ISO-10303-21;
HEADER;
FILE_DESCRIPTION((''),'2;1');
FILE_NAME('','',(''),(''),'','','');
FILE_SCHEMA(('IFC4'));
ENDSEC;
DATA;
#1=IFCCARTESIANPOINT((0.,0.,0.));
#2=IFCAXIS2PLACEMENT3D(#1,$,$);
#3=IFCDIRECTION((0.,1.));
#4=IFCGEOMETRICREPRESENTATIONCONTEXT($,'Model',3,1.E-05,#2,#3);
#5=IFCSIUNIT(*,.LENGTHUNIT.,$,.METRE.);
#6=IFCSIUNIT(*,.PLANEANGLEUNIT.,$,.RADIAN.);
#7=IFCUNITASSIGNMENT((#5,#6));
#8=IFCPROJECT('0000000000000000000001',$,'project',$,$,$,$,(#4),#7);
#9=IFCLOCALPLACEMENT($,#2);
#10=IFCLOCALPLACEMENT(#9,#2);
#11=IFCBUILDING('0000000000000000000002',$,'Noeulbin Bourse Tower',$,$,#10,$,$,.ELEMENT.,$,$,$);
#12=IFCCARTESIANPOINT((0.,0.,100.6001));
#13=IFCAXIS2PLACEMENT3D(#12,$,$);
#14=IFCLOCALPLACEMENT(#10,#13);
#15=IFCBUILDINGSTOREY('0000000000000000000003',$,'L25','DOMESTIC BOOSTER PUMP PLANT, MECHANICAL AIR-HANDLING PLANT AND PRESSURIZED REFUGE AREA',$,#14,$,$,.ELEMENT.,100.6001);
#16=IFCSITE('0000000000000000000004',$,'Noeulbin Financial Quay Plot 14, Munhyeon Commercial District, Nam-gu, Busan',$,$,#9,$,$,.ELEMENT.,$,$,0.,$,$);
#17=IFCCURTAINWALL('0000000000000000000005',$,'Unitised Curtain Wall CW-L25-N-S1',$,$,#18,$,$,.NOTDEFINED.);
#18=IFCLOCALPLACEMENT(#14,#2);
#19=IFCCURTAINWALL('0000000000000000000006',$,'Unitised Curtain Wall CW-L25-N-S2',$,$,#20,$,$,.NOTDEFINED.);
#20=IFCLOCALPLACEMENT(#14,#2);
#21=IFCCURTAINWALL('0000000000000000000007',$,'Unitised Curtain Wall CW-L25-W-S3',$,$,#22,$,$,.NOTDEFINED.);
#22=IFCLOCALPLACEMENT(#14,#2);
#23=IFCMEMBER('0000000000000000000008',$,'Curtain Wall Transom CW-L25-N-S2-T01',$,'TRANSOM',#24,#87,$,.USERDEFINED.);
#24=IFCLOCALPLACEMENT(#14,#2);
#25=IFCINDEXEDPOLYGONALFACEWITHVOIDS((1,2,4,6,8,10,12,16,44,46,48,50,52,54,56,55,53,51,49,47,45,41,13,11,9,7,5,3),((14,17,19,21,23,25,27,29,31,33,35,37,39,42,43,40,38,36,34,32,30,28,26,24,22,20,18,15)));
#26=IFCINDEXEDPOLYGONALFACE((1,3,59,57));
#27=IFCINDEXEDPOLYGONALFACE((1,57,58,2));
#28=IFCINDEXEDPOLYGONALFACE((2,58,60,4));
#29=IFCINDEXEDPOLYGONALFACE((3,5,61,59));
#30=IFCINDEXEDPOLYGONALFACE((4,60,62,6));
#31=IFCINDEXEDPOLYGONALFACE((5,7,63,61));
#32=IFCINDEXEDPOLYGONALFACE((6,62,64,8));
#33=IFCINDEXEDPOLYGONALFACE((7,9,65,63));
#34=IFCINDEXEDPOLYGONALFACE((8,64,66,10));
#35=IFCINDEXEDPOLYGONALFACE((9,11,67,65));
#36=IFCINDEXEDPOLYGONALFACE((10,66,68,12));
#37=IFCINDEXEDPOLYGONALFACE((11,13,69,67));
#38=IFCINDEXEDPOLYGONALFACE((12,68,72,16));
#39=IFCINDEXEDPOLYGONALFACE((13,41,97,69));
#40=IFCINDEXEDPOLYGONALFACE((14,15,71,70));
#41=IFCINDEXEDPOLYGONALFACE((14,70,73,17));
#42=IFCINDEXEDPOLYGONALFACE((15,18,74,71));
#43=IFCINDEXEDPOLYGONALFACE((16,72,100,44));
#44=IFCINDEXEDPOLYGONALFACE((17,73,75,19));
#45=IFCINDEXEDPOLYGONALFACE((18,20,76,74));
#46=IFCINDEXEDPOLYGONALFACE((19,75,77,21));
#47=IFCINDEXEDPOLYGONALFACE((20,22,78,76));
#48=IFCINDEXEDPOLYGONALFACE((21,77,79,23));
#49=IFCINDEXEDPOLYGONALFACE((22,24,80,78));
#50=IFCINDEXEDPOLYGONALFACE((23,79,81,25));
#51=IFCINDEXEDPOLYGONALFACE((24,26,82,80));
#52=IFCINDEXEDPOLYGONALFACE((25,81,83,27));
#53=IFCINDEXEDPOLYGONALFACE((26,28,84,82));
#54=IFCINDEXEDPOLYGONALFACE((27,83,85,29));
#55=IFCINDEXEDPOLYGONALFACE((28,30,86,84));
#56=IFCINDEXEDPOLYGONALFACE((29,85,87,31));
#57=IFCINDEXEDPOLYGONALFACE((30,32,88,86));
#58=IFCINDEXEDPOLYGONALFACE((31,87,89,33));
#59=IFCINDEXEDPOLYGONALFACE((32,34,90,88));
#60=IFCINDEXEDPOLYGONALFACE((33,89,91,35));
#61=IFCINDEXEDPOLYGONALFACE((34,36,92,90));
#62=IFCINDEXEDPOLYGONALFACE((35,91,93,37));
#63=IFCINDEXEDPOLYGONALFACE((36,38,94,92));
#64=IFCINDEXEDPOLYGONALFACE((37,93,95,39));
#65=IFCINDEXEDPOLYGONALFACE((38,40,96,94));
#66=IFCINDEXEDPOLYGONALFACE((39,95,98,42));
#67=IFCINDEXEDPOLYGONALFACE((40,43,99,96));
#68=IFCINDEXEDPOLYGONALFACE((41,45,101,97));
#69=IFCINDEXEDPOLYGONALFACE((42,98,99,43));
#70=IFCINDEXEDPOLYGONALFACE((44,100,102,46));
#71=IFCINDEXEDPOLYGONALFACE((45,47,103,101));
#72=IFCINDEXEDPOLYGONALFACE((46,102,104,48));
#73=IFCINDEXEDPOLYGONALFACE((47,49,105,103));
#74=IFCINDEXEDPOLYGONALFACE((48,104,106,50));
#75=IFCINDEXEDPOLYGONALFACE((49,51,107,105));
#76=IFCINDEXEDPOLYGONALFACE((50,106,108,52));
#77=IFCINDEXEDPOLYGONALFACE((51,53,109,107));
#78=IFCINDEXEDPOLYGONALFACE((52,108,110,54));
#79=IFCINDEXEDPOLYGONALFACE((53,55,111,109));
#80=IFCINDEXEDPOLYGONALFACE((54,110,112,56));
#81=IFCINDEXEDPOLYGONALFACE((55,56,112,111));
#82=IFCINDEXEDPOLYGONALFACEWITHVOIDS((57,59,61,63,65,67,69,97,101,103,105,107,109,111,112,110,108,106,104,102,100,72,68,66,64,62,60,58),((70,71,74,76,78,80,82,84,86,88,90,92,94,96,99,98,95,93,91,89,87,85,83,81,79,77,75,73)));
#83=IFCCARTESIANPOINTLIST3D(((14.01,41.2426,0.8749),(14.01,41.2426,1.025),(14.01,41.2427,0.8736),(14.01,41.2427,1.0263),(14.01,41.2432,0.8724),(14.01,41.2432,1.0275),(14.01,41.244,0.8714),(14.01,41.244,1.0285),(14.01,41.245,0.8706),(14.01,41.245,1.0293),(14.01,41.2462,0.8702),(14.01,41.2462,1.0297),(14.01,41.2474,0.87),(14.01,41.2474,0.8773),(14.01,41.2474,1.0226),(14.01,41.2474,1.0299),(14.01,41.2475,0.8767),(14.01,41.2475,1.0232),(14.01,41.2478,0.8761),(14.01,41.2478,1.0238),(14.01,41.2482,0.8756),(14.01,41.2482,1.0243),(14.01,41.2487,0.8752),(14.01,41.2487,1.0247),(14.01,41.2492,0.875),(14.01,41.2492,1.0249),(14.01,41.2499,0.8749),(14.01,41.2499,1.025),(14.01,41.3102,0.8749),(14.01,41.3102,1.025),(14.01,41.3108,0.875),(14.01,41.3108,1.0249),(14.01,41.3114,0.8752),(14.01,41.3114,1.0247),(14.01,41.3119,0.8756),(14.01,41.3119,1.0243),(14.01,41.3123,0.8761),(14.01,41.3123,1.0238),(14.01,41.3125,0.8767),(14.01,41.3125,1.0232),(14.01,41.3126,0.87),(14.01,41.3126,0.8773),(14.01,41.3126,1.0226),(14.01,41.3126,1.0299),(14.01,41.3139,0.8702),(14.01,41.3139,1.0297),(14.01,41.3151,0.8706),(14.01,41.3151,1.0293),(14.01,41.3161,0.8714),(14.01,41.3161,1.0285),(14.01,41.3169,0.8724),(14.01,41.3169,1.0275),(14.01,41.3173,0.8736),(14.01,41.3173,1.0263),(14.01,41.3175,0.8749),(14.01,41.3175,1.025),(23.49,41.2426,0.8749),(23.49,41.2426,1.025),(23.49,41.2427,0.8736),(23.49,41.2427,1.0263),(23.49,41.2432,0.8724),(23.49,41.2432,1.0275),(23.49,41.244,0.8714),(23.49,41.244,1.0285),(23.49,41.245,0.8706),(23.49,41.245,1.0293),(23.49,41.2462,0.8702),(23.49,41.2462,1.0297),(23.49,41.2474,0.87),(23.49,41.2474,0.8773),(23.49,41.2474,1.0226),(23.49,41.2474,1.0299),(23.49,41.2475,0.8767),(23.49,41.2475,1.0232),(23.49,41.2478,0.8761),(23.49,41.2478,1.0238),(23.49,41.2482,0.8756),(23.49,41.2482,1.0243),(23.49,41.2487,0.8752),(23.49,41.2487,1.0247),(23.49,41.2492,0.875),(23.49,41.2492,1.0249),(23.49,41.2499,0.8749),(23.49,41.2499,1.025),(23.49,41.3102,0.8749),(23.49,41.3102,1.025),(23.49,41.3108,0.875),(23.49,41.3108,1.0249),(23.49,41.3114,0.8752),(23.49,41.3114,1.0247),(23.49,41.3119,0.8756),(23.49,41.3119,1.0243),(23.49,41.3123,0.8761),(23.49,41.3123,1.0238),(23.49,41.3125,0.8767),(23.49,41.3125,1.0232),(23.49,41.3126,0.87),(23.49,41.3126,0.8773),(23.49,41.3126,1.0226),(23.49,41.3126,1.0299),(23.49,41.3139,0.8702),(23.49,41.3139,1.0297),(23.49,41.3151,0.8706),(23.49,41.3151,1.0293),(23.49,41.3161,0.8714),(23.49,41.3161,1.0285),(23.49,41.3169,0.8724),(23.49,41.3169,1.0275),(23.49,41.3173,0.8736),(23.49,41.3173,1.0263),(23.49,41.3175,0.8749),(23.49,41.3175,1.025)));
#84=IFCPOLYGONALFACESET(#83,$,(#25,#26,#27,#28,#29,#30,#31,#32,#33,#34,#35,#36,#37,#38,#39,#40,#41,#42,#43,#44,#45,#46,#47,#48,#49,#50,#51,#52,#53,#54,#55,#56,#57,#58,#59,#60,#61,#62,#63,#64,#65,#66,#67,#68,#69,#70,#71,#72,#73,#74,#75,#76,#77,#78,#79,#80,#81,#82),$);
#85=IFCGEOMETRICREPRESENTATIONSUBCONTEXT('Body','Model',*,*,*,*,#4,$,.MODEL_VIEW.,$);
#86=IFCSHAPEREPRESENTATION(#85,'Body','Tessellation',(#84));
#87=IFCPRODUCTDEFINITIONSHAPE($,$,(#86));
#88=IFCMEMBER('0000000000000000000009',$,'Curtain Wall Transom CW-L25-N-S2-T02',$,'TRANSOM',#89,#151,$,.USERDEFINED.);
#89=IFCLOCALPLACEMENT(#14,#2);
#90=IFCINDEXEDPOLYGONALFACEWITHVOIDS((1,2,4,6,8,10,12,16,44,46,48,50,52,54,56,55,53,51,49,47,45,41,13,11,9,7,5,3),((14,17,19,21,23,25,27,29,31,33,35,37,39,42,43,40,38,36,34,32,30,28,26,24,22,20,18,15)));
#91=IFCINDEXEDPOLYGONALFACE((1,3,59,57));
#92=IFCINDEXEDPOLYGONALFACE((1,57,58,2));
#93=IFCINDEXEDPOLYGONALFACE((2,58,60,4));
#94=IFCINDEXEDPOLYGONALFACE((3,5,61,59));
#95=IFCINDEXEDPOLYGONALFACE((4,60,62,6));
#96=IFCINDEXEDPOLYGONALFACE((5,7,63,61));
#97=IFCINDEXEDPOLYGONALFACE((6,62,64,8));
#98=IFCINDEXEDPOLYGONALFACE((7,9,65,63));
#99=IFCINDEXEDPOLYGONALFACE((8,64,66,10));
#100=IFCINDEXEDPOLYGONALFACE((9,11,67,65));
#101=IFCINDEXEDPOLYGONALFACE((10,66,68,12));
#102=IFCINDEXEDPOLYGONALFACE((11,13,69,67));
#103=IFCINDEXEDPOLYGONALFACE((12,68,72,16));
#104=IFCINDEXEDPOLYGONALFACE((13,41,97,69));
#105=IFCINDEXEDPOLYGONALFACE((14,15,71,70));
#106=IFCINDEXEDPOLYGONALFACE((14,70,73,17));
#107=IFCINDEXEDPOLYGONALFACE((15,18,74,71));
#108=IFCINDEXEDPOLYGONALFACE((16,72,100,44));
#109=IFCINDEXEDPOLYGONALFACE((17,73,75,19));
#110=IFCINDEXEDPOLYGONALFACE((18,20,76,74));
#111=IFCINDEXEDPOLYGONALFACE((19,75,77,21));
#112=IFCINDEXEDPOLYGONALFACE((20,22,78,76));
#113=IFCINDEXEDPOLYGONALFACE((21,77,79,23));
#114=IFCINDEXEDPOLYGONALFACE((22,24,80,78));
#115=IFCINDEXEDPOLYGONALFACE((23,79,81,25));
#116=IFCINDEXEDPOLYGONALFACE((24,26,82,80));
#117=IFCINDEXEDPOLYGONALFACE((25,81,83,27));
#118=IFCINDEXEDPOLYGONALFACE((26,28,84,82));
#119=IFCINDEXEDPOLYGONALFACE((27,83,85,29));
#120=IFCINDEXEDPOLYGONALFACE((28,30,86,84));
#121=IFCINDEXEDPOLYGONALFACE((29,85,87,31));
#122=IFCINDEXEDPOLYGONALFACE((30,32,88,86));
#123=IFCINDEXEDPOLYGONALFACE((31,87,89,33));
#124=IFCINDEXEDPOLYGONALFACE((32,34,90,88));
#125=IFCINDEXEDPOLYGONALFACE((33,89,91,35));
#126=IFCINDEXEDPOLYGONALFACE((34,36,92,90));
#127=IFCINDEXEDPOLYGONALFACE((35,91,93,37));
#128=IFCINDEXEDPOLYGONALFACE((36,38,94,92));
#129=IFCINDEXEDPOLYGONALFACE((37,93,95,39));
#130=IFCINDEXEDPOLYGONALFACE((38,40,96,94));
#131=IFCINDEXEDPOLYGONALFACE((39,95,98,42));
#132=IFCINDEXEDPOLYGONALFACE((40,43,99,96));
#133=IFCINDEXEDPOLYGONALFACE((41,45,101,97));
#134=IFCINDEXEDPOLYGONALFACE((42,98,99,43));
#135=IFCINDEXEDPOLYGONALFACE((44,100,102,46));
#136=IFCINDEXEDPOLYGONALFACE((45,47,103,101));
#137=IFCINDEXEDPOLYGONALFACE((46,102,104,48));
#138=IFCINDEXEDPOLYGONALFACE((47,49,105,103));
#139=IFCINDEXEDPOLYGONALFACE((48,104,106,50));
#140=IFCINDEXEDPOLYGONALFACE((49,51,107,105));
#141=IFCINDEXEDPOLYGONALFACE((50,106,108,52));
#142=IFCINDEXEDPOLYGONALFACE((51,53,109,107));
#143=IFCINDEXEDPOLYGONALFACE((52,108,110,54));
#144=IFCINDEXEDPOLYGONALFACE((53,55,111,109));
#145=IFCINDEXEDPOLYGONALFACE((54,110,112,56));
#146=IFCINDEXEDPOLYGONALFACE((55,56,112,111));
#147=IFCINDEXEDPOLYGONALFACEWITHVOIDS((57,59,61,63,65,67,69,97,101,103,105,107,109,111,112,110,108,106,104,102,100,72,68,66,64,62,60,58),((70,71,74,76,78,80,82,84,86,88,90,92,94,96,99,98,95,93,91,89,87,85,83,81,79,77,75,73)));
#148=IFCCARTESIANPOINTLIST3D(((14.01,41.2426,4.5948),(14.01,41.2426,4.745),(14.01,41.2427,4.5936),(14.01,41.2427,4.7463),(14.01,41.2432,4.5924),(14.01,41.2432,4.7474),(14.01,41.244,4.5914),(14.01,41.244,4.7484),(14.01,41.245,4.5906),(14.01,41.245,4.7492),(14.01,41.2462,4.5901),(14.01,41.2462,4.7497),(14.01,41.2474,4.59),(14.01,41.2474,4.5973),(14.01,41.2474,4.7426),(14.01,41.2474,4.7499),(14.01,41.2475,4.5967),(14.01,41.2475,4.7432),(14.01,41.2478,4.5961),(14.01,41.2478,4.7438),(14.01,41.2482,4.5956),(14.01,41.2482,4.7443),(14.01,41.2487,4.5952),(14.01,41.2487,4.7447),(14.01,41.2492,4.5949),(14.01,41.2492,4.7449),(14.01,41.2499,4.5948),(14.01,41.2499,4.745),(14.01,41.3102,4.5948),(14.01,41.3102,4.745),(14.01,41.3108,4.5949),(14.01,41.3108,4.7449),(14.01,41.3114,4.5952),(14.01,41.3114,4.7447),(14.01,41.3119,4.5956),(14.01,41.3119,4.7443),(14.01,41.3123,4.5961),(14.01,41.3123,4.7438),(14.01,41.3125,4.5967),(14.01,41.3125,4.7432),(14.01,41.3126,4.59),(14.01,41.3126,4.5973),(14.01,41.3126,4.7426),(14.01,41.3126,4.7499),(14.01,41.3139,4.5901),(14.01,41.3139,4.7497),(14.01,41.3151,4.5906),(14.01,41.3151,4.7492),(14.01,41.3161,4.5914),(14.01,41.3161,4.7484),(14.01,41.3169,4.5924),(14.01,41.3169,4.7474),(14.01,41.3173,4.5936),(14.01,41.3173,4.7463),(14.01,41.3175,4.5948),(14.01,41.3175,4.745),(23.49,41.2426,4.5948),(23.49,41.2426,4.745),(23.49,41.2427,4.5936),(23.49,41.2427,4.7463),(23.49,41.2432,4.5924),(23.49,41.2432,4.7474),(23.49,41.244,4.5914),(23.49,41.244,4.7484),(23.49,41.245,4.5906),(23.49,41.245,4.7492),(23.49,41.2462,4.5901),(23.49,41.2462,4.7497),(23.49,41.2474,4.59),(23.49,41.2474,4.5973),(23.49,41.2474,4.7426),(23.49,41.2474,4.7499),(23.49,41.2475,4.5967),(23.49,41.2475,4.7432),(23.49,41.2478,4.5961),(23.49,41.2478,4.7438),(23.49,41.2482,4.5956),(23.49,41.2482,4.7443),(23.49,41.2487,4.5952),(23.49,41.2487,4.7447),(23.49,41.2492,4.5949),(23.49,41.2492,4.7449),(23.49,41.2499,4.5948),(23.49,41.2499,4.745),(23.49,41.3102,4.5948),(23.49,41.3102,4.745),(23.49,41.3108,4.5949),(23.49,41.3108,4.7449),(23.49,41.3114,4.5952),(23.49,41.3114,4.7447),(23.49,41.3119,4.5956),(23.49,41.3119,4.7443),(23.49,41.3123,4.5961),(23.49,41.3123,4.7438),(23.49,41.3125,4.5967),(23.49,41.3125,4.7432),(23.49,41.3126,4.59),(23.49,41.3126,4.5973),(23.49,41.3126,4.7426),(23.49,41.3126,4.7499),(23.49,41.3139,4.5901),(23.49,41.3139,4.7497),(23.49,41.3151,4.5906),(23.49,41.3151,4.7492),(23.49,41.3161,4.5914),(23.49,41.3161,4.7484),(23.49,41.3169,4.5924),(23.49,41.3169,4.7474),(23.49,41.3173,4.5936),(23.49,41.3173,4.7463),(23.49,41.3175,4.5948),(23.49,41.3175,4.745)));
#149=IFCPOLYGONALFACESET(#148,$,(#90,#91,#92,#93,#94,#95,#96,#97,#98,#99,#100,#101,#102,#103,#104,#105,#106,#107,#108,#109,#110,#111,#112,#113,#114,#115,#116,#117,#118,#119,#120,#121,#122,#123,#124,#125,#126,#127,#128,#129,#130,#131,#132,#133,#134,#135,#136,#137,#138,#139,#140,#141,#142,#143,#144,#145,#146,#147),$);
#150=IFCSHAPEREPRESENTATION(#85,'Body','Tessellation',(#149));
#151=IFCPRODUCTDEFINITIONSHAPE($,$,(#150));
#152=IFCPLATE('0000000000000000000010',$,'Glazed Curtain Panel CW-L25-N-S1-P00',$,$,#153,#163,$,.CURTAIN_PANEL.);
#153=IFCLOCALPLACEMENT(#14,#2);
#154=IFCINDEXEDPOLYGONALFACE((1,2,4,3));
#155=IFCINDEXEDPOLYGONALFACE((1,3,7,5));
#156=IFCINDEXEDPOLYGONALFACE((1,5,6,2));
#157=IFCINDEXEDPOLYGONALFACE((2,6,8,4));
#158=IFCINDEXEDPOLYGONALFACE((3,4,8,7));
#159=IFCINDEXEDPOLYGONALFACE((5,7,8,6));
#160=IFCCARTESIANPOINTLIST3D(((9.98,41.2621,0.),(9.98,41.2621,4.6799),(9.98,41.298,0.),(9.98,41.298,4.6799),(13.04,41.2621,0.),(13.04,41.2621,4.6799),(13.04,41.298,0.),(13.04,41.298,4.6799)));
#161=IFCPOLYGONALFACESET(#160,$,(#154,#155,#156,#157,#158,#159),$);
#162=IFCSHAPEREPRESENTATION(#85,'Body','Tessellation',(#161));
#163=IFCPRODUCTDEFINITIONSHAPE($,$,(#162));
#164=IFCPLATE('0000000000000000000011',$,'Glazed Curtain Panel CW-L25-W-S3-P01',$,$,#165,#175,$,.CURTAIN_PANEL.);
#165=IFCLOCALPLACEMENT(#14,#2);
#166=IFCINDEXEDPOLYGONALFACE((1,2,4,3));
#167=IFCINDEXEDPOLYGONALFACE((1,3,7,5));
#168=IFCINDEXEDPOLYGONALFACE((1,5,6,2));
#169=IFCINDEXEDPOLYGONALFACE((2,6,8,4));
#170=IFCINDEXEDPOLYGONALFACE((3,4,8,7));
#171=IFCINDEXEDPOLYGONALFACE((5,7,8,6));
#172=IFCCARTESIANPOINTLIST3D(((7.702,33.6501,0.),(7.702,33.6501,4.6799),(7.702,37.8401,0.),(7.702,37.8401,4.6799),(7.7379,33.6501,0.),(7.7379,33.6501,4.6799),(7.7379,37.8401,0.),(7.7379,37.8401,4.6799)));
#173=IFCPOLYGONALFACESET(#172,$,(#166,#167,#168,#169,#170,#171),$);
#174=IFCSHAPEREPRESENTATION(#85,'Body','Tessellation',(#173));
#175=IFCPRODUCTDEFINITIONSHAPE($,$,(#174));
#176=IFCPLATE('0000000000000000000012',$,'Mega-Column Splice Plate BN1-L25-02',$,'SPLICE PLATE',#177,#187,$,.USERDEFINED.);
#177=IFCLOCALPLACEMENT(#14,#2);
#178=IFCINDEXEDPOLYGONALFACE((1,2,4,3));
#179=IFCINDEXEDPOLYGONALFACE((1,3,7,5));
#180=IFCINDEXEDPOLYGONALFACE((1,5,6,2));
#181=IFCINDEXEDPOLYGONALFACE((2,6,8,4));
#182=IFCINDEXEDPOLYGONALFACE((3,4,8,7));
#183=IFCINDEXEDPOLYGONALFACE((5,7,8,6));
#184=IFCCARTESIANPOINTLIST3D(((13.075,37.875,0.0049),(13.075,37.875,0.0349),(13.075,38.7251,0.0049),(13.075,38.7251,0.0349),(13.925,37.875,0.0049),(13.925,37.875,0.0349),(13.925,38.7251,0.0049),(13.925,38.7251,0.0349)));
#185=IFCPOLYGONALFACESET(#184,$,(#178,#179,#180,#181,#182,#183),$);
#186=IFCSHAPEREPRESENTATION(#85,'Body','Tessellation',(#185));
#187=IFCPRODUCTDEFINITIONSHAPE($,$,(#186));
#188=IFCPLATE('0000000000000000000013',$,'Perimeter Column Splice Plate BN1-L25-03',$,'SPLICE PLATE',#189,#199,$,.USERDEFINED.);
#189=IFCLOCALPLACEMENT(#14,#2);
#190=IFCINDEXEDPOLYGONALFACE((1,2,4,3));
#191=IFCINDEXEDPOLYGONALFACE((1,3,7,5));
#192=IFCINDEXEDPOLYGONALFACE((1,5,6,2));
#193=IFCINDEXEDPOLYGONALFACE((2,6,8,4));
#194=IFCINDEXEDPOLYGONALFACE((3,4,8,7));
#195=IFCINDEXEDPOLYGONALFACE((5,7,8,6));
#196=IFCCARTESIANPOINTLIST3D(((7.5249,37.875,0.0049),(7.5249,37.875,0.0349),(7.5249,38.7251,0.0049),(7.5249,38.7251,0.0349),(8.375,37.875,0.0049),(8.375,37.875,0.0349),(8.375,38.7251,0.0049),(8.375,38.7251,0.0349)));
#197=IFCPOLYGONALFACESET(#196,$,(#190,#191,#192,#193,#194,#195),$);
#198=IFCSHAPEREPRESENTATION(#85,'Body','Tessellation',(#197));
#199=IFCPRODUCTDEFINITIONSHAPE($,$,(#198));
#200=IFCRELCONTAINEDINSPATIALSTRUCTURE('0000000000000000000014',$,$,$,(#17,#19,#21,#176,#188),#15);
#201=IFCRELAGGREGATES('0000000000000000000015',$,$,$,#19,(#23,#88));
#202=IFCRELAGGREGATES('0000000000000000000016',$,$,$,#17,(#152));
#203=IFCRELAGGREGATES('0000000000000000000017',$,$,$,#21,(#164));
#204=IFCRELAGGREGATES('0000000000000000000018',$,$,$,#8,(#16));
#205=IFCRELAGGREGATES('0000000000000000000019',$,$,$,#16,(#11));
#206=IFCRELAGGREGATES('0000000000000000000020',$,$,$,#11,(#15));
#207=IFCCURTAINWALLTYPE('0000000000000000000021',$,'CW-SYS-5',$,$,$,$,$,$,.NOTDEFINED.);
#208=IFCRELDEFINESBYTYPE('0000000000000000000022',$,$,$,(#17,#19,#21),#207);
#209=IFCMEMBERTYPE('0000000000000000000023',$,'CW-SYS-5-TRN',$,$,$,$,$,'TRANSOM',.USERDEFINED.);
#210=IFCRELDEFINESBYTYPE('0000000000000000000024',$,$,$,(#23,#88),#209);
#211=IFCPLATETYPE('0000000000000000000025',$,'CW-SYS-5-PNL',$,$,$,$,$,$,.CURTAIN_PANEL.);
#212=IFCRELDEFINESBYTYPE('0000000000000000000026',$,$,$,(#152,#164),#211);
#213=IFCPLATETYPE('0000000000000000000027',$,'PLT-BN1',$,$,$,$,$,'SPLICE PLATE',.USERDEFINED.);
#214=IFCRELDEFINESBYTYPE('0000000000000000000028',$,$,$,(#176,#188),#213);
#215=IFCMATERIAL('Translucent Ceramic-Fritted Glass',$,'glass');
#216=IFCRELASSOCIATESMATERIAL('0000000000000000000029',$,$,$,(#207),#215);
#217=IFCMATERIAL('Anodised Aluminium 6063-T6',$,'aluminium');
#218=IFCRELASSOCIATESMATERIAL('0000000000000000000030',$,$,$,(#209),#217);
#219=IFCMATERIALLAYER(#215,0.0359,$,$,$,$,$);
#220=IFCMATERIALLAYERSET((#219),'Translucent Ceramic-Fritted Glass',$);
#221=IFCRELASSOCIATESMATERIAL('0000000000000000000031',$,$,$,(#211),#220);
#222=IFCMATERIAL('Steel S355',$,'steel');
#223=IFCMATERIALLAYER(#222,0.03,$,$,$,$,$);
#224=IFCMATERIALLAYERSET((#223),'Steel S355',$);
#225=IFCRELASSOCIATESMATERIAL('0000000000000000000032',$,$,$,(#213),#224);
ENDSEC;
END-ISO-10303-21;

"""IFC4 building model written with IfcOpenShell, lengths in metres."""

from ifc_helpers import new_model, si_unit, direction, frame, origin, origin_2d, place, context, subcontext, project, spatial, rectangle, hollow_rectangle, extrude, material, layer, layer_set, material_profile, profile_set, type_object, element, aggregate, save


model = new_model("IFC4")

# Units and contexts
model_context = context("Model", 3, precision=1e-05, world=origin(), true_north=direction((0.0, 1.0)))
body_context = subcontext(model_context, "Body", "Model", "MODEL_VIEW")
ifc_project = project(units=[si_unit("LENGTHUNIT", "METRE"), si_unit("PLANEANGLEUNIT", "RADIAN")], contexts=[model_context])

# Site, building, storey
site_placement = place(None, origin())
site = spatial("IfcSite", under=ifc_project, at=site_placement, Name="Noeulbin Financial Quay Plot 14, Munhyeon Commercial District, Nam-gu, Busan", CompositionType="ELEMENT", RefElevation=0.0)
building_placement = place(site_placement, origin())
building = spatial("IfcBuilding", under=site, at=building_placement, Name="Noeulbin Bourse Tower", CompositionType="ELEMENT")
storey_placement = place(building_placement, frame((0.0, 0.0, 100.6001)))
storey = spatial("IfcBuildingStorey", under=building, at=storey_placement, Name="L25", Description="DOMESTIC BOOSTER PUMP PLANT, MECHANICAL AIR-HANDLING PLANT AND PRESSURIZED REFUGE AREA", CompositionType="ELEMENT", Elevation=100.6001)

# Shared definitions
ifc_material_1 = material(Name="Steel S355", Category="steel")

# Curtain wall
ifc_material_2 = material(Name="Translucent Ceramic-Fritted Glass", Category="glass")
curtain_wall_type = type_object("IfcCurtainWallType", Name="CW-SYS-5", PredefinedType="NOTDEFINED", material=ifc_material_2)
curtain_wall_1_placement = place(storey_placement, origin())
curtain_wall_1 = element("IfcCurtainWall", 1, at=curtain_wall_1_placement, inside=storey, type_object=curtain_wall_type, Name="Unitised Curtain Wall CW-L25-N-S1", PredefinedType="NOTDEFINED")
ifc_material_3 = material(Name="Anodised Aluminium 6063-T6", Category="aluminium")

# Curtain walls
curtain_wall_2_placement = place(storey_placement, origin())
curtain_wall_2 = element("IfcCurtainWall", 2, at=curtain_wall_2_placement, inside=storey, type_object=curtain_wall_type, Name="Unitised Curtain Wall CW-L25-N-S2", PredefinedType="NOTDEFINED")
curtain_wall_3_placement = place(storey_placement, origin())
curtain_wall_3 = element("IfcCurtainWall", 3, at=curtain_wall_3_placement, inside=storey, type_object=curtain_wall_type, Name="Unitised Curtain Wall CW-L25-W-S3", PredefinedType="NOTDEFINED")

# Members
ifc_material_profile_1 = material_profile(ifc_material_3, hollow_rectangle(XDim=0.075, YDim=0.1599, WallThickness=0.0049, InnerFilletRadius=0.0024, OuterFilletRadius=0.0049, at=origin_2d()), Name="ALU-TRAN-75x160x5", Category="LoadBearing")
ifc_profile_set_1 = profile_set([ifc_material_profile_1], Name="Anodised Aluminium 6063-T6")
member_type_1 = type_object("IfcMemberType", Name="CW-SYS-5-TRN", ElementType="TRANSOM", PredefinedType="USERDEFINED", material=ifc_profile_set_1)
member_1_placement = place(storey_placement, frame((14.01, 41.28, 0.95), z_axis=(1.0, 0.0, 0.0), x_axis=(0.0, 1.0, 0.0)))
member_1 = element("IfcMember", 4, at=member_1_placement, type_object=member_type_1, Name="Curtain Wall Transom CW-L25-N-S2-T01", ObjectType="TRANSOM", PredefinedType="USERDEFINED", context=body_context, shape_type="SweptSolid", body=[
    extrude(hollow_rectangle(XDim=0.075, YDim=0.1599, WallThickness=0.0049, InnerFilletRadius=0.0024, OuterFilletRadius=0.0049, at=origin_2d()), origin(), (0.0, 0.0, 1.0), 9.48),
])
member_2_placement = place(storey_placement, frame((14.01, 41.28, 4.6699), z_axis=(1.0, 0.0, 0.0), x_axis=(0.0, 1.0, 0.0)))
member_2 = element("IfcMember", 5, at=member_2_placement, type_object=member_type_1, Name="Curtain Wall Transom CW-L25-N-S2-T02", ObjectType="TRANSOM", PredefinedType="USERDEFINED", context=body_context, shape_type="SweptSolid", body=[
    extrude(hollow_rectangle(XDim=0.075, YDim=0.1599, WallThickness=0.0049, InnerFilletRadius=0.0024, OuterFilletRadius=0.0049, at=origin_2d()), origin(), (0.0, 0.0, 1.0), 9.48),
])
aggregate(curtain_wall_2, [member_1, member_2])

# Plates
ifc_layer_1 = layer(ifc_material_2, 0.0359)
ifc_layer_set_1 = layer_set([ifc_layer_1], Name="Translucent Ceramic-Fritted Glass")
plate_type_1 = type_object("IfcPlateType", Name="CW-SYS-5-PNL", PredefinedType="CURTAIN_PANEL", material=ifc_layer_set_1)
plate_1_placement = place(storey_placement, frame((11.51, 41.28, 0.0), z_axis=(0.0, 0.0, 1.0), x_axis=(1.0, 0.0, 0.0)))
plate_1 = element("IfcPlate", 6, at=plate_1_placement, type_object=plate_type_1, Name="Glazed Curtain Panel CW-L25-N-S1-P00", PredefinedType="CURTAIN_PANEL", context=body_context, shape_type="SweptSolid", body=[
    extrude(rectangle(XDim=3.0601, YDim=0.0359, at=origin_2d()), origin(), (0.0, 0.0, 1.0), 4.6799),
])
aggregate(curtain_wall_1, [plate_1])
plate_2_placement = place(storey_placement, frame((7.72, 35.7451, 0.0), z_axis=(0.0, 0.0, 1.0), x_axis=(0.0, 1.0, 0.0)))
plate_2 = element("IfcPlate", 7, at=plate_2_placement, type_object=plate_type_1, Name="Glazed Curtain Panel CW-L25-W-S3-P01", PredefinedType="CURTAIN_PANEL", context=body_context, shape_type="SweptSolid", body=[
    extrude(rectangle(XDim=4.1899, YDim=0.0359, at=origin_2d()), origin(), (0.0, 0.0, 1.0), 4.6799),
])
aggregate(curtain_wall_3, [plate_2])

# Plates
ifc_layer_2 = layer(ifc_material_1, 0.03)
ifc_layer_set_2 = layer_set([ifc_layer_2], Name="Steel S355")
plate_type_2 = type_object("IfcPlateType", Name="PLT-BN1", ElementType="SPLICE PLATE", PredefinedType="USERDEFINED", material=ifc_layer_set_2)
for number, where, z_axis, x_axis, name in (
    (8, (13.5, 38.3, 0.0049), (0.0, 0.0, 1.0), (1.0, 0.0, 0.0), "Mega-Column Splice Plate BN1-L25-02"),
    (9, (7.95, 38.3, 0.0049), (0.0, 0.0, 1.0), (1.0, 0.0, 0.0), "Perimeter Column Splice Plate BN1-L25-03"),
):
    element("IfcPlate", number, at=place(storey_placement, frame(where, z_axis=z_axis, x_axis=x_axis)), inside=storey, type_object=plate_type_2, Name=name, ObjectType="SPLICE PLATE", PredefinedType="USERDEFINED", context=body_context, shape_type="SweptSolid", body=[
        extrude(rectangle(XDim=0.8501, YDim=0.8501, at=origin_2d()), origin(), (0.0, 0.0, 1.0), 0.03),
    ])

save(model, "model.ifc")
